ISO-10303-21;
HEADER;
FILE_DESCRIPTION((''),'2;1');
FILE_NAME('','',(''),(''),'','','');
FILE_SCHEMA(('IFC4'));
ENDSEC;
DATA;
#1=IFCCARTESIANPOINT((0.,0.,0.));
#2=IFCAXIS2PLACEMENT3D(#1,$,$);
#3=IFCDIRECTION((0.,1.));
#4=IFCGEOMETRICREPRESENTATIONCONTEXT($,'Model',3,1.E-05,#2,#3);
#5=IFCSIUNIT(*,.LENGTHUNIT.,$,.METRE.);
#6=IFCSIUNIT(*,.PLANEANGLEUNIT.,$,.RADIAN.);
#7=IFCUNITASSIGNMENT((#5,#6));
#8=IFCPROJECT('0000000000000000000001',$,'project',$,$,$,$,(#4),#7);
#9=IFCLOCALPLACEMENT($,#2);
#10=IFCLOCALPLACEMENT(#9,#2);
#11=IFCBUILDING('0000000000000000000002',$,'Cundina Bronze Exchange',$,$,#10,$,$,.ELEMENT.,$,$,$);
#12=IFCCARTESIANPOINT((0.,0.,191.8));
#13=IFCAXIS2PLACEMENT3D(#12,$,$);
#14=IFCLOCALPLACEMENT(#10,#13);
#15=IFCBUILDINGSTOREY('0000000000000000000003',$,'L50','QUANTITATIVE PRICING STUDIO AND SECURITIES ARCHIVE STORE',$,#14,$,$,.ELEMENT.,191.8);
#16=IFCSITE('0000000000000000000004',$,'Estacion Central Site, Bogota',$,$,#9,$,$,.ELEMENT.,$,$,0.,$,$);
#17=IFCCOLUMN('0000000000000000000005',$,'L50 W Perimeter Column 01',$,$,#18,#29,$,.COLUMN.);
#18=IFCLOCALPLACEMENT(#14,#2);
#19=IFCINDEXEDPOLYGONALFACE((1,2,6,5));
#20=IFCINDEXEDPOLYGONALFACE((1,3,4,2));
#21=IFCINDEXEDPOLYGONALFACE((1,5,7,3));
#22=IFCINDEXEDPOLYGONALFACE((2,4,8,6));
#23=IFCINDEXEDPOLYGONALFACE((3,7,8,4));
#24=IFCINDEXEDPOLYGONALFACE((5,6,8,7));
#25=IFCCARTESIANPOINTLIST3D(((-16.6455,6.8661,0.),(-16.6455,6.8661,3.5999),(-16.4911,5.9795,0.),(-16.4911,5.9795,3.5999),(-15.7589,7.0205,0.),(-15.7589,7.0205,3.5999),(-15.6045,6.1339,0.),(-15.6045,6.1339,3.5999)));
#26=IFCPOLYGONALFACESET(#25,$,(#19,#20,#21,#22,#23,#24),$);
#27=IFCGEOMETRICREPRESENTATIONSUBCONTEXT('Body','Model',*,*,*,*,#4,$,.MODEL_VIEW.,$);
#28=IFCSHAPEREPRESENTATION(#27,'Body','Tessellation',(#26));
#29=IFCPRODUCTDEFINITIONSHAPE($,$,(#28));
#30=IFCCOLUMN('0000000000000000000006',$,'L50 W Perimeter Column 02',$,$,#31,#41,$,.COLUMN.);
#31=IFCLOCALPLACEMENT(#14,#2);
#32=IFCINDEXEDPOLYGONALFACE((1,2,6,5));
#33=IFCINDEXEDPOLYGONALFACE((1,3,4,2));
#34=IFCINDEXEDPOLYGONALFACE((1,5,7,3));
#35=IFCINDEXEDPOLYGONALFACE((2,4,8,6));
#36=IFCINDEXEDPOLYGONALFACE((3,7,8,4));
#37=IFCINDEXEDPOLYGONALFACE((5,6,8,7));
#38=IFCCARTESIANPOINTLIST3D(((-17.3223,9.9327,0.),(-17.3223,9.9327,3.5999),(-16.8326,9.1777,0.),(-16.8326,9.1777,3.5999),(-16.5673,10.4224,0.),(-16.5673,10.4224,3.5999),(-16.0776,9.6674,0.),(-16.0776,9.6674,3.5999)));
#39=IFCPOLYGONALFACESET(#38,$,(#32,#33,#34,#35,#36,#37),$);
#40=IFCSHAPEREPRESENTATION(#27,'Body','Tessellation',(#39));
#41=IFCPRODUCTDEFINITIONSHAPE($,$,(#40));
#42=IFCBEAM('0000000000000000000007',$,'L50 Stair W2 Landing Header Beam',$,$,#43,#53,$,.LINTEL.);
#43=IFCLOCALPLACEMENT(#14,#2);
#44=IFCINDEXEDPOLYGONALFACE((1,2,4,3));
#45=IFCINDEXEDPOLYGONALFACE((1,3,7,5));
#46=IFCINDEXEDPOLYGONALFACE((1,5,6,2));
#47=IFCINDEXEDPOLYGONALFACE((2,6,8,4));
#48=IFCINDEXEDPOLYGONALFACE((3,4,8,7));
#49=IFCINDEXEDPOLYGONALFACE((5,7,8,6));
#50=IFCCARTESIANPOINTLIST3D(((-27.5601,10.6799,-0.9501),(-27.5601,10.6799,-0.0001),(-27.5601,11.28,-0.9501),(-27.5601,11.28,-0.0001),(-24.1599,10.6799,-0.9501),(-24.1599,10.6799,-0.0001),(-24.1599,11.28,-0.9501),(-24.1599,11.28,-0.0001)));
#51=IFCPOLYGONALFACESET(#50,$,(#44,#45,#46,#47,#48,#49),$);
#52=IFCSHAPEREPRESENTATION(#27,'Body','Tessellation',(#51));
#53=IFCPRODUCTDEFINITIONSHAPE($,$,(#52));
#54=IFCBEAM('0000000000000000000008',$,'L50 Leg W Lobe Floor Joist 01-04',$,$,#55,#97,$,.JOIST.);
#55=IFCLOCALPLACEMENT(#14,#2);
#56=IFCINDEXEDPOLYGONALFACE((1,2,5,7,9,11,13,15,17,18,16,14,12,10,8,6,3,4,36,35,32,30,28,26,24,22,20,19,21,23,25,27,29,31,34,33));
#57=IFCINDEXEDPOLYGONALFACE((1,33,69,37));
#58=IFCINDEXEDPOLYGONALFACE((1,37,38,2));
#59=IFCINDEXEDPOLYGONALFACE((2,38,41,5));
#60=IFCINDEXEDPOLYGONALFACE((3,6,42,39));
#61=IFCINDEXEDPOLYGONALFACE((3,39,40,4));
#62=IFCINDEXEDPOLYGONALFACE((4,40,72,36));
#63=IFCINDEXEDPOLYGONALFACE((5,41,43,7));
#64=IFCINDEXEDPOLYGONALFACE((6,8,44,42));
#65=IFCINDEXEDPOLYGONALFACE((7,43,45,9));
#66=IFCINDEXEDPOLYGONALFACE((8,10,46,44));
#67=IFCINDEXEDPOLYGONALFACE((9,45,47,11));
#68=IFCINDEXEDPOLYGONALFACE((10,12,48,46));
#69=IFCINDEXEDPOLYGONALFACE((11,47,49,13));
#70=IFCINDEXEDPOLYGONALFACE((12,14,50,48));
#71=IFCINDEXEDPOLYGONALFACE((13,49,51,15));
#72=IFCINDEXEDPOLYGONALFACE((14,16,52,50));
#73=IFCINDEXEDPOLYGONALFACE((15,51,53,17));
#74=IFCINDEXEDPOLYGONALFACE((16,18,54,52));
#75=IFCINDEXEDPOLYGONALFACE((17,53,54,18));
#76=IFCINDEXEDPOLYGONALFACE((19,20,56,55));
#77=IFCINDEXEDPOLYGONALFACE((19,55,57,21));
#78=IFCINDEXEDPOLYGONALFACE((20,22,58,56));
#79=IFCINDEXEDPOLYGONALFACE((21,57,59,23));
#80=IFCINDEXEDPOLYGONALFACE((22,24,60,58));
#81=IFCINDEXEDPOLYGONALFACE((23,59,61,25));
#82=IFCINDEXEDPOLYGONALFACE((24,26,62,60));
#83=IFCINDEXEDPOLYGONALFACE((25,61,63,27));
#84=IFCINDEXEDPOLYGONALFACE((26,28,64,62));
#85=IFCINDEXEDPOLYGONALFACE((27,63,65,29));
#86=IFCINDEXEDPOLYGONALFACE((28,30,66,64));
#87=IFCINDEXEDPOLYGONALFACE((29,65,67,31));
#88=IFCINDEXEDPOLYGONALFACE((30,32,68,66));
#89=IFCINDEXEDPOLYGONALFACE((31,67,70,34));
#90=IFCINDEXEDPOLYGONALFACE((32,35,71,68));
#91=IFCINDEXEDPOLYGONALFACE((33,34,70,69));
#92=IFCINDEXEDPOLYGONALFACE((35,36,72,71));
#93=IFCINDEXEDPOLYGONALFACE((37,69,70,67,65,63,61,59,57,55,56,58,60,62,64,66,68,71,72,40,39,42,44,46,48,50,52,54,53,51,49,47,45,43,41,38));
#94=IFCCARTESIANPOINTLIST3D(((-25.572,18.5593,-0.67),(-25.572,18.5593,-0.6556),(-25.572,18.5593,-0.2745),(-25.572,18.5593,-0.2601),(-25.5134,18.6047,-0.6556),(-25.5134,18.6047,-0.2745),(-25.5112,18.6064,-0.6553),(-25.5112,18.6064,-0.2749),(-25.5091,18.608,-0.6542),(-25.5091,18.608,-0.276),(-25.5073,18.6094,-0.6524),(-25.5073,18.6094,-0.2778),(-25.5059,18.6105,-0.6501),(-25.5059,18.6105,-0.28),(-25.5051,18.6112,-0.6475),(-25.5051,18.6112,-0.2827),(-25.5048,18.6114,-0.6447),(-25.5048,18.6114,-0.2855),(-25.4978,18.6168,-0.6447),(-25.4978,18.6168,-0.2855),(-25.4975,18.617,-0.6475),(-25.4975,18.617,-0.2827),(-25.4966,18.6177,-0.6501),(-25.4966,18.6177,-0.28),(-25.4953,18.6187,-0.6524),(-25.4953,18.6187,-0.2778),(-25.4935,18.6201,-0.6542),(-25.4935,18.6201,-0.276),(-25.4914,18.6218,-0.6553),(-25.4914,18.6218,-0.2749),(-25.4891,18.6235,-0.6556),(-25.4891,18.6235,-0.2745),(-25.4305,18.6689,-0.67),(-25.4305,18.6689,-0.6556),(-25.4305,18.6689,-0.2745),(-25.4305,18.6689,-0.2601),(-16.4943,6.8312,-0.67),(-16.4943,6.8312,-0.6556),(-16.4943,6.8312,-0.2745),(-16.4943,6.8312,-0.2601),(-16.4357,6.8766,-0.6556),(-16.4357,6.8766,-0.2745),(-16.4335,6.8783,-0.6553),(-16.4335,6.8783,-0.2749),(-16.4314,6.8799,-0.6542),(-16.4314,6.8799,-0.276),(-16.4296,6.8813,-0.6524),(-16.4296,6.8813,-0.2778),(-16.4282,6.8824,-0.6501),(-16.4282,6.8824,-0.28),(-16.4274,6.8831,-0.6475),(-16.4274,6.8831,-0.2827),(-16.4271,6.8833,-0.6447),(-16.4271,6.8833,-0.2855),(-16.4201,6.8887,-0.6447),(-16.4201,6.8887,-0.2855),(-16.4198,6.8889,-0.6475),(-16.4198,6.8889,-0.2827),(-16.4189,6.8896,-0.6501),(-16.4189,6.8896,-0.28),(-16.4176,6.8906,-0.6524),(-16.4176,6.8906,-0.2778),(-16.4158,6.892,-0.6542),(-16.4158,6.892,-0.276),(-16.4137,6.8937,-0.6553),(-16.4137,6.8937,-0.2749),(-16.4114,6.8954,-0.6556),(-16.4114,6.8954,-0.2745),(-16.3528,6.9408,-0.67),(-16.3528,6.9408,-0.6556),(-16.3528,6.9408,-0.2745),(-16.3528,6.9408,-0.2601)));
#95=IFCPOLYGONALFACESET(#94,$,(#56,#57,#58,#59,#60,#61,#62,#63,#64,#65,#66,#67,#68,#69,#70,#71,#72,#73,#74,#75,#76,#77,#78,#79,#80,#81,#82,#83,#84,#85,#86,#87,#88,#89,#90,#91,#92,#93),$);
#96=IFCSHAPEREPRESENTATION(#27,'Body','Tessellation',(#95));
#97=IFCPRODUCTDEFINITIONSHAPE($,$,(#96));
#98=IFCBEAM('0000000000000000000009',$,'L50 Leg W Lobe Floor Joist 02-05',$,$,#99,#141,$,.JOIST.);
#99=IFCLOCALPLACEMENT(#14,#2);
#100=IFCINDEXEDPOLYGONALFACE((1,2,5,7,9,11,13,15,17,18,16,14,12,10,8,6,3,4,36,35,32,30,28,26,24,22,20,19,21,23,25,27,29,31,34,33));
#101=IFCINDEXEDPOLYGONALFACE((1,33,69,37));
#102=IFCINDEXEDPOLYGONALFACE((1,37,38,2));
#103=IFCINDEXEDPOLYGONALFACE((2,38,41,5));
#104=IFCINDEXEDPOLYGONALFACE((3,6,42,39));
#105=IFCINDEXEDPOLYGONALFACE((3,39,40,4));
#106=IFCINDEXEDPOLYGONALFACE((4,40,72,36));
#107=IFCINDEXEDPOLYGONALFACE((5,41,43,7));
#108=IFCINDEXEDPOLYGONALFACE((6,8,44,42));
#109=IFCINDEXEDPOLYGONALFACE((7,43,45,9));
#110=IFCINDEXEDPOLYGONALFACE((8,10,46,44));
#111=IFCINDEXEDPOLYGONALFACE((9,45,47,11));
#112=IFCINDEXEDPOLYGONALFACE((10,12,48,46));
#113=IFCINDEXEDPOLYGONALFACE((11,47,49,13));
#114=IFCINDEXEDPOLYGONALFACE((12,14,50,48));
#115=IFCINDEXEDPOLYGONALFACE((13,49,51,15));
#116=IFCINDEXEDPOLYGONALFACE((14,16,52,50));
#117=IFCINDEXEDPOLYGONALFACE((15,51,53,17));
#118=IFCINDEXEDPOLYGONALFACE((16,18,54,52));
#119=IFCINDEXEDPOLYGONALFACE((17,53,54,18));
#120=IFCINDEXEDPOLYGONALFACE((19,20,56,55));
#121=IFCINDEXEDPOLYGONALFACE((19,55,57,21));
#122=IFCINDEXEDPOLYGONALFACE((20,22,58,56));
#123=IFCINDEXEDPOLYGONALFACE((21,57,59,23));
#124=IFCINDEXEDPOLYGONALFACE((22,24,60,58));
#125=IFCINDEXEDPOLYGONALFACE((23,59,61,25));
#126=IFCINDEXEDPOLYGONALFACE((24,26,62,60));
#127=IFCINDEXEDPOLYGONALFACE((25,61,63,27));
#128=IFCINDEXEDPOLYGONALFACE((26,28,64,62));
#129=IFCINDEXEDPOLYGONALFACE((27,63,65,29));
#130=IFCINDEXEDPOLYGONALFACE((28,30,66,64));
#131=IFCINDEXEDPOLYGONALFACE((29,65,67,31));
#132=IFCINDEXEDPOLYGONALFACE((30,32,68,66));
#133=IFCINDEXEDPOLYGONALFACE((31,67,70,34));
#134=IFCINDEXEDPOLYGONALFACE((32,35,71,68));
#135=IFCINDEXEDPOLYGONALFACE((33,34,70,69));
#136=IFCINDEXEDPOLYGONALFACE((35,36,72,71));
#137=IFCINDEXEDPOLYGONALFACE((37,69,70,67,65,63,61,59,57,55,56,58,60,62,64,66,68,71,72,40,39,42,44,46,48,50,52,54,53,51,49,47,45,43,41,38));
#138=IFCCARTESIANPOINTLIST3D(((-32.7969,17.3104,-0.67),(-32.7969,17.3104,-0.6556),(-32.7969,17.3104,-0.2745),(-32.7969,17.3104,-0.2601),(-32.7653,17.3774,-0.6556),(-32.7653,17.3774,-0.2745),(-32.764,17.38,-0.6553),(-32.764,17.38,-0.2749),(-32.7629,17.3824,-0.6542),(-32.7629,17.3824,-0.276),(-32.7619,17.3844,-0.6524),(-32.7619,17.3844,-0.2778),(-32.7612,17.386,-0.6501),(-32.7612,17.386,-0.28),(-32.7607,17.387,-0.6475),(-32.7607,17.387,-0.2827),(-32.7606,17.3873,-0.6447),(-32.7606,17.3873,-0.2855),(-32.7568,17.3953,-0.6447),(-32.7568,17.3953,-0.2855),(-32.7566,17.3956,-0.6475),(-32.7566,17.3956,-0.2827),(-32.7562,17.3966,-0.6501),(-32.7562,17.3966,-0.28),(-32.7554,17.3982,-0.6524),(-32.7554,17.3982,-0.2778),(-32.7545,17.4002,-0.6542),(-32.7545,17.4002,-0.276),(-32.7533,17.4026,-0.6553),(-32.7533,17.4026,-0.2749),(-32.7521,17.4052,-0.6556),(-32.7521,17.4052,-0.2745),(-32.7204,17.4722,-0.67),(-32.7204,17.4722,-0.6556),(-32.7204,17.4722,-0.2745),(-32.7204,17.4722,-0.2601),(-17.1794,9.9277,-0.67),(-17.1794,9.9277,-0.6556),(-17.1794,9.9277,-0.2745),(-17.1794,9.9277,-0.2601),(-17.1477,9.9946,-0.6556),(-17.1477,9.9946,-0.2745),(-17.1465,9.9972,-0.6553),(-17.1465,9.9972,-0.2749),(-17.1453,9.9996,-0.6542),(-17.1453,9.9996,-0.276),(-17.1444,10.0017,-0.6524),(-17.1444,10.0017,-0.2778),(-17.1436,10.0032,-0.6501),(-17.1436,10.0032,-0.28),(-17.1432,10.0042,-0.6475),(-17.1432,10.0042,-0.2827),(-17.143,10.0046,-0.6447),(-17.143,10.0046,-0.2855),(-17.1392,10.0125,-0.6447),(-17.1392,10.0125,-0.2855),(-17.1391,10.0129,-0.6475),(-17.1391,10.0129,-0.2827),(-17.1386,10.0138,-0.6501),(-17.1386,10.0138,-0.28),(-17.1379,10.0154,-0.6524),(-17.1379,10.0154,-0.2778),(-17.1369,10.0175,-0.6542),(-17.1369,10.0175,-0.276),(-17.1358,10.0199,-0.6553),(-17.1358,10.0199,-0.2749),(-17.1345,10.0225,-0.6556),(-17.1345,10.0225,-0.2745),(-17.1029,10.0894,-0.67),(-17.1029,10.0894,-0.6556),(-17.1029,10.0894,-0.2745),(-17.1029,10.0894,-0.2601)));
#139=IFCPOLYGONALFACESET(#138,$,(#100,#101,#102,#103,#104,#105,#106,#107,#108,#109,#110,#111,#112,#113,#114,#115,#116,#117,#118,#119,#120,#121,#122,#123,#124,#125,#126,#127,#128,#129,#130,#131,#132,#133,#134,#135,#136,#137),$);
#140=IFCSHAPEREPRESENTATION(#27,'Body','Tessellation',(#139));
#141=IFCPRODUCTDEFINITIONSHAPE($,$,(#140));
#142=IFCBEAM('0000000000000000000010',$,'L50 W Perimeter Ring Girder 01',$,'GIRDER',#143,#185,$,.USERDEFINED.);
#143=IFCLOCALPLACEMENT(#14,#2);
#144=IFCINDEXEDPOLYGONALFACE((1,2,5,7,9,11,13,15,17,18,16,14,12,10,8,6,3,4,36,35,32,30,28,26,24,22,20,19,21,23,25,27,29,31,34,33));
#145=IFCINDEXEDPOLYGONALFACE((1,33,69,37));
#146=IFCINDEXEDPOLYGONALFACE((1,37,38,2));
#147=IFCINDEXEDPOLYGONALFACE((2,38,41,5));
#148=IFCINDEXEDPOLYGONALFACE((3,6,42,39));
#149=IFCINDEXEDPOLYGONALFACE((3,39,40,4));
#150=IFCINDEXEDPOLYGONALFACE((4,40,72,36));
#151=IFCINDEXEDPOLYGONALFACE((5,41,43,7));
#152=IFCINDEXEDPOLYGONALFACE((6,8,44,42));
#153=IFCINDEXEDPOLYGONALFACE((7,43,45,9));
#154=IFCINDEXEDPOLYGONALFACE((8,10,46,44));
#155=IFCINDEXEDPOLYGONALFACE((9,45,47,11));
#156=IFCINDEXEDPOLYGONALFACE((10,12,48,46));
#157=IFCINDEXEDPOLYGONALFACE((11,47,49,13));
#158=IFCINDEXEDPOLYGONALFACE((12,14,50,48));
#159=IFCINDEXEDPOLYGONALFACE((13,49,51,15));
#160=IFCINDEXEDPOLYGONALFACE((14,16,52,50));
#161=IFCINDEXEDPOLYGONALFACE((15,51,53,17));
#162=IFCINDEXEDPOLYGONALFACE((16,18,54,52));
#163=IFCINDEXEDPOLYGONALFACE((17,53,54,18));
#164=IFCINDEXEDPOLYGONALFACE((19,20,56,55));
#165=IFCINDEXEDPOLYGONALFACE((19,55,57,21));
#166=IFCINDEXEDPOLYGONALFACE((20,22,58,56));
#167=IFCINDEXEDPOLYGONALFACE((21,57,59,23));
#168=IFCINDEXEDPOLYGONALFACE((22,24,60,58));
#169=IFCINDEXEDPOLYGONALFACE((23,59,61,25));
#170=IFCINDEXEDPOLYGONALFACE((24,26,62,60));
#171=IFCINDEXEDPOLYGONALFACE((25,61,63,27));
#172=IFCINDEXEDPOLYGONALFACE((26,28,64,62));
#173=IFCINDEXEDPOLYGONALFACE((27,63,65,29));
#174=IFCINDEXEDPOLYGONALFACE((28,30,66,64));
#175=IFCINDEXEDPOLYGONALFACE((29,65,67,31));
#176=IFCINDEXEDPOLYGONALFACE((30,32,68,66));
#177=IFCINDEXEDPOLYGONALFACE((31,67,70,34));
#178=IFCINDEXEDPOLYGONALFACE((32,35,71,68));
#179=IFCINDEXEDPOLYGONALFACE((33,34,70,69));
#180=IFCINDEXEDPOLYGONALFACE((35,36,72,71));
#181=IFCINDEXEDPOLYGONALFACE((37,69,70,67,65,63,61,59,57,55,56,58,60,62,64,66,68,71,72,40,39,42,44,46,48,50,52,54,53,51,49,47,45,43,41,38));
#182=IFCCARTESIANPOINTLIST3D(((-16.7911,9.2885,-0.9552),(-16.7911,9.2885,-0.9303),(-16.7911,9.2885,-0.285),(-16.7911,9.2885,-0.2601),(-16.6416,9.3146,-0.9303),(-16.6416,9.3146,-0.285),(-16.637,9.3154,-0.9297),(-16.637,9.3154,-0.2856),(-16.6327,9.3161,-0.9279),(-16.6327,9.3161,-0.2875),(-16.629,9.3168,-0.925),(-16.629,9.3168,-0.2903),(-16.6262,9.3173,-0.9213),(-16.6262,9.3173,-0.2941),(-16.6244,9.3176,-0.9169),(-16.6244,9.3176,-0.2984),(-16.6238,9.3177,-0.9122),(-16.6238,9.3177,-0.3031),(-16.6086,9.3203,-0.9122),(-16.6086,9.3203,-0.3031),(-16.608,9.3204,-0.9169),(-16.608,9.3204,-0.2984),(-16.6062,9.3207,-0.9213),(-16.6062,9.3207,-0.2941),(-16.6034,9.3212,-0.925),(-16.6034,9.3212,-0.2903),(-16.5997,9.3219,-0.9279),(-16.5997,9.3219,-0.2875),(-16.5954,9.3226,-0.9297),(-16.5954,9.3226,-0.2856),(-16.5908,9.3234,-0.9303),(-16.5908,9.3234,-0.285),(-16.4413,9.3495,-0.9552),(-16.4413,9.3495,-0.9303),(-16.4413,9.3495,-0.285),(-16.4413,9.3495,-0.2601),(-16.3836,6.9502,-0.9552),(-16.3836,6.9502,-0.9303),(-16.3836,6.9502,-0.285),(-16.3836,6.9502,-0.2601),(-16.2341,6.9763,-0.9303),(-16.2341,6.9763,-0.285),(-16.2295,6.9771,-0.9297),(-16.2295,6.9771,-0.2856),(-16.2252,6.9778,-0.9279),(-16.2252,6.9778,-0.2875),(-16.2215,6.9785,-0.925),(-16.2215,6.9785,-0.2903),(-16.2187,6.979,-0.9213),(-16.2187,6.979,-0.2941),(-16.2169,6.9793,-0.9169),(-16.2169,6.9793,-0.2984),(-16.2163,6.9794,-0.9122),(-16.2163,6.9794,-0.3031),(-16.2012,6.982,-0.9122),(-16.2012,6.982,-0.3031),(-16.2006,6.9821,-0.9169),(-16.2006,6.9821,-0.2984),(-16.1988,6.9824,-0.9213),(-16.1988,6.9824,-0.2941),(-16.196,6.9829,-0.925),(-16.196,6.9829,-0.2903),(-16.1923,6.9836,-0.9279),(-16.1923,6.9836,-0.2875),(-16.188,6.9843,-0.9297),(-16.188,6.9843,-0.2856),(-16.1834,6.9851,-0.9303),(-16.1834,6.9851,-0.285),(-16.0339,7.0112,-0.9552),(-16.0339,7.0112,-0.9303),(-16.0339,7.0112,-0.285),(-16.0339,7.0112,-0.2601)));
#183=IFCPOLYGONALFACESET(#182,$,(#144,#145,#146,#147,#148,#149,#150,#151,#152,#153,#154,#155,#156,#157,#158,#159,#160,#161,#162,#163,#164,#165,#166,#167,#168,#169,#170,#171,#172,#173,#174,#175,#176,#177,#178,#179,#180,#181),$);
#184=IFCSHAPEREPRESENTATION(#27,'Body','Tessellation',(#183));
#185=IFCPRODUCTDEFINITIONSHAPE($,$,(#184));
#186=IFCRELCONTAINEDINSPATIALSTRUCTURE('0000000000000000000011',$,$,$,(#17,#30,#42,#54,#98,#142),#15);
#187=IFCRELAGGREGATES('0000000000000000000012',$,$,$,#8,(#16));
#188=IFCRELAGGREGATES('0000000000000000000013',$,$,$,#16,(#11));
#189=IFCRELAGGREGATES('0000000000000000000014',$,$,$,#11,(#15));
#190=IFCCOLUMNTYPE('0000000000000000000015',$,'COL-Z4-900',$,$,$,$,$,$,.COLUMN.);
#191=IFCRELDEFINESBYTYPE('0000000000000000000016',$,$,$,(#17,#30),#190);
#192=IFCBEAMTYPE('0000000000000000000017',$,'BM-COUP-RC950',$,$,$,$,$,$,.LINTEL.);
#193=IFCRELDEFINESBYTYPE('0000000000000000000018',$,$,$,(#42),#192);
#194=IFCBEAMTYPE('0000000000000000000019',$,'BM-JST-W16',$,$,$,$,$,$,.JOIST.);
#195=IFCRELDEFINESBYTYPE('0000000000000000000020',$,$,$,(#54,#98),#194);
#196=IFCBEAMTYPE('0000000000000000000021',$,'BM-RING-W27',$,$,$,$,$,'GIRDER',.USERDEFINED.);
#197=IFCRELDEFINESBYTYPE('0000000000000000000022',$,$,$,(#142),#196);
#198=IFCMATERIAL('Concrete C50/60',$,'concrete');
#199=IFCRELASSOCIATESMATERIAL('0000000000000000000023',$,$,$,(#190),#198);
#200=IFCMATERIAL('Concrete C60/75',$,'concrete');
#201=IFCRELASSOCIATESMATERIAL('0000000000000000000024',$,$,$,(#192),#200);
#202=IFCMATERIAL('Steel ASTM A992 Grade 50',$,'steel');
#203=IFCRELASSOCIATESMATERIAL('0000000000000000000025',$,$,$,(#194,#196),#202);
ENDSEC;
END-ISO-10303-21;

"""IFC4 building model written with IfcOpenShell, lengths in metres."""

from ifc_helpers import new_model, si_unit, direction, frame, origin, origin_2d, place, context, subcontext, project, spatial, rectangle, i_section, extrude, material, material_profile, profile_set, type_object, element, save


model = new_model("IFC4")

# Units and contexts
model_context = context("Model", 3, precision=1e-05, world=origin(), true_north=direction((0.0, 1.0)))
body_context = subcontext(model_context, "Body", "Model", "MODEL_VIEW")
ifc_project = project(units=[si_unit("LENGTHUNIT", "METRE"), si_unit("PLANEANGLEUNIT", "RADIAN")], contexts=[model_context])

# Site, building, storey
site_placement = place(None, origin())
site = spatial("IfcSite", under=ifc_project, at=site_placement, Name="Estacion Central Site, Bogota", CompositionType="ELEMENT", RefElevation=0.0)
building_placement = place(site_placement, origin())
building = spatial("IfcBuilding", under=site, at=building_placement, Name="Cundina Bronze Exchange", CompositionType="ELEMENT")
storey_placement = place(building_placement, frame((0.0, 0.0, 191.8)))
storey = spatial("IfcBuildingStorey", under=building, at=storey_placement, Name="L50", Description="QUANTITATIVE PRICING STUDIO AND SECURITIES ARCHIVE STORE", CompositionType="ELEMENT", Elevation=191.8)

# Columns
ifc_material_1 = material(Name="Concrete C50/60", Category="concrete")
ifc_material_profile_1 = material_profile(ifc_material_1, rectangle(XDim=0.8999, YDim=0.8999, at=origin_2d()), Name="RC900X900", Category="concrete")
ifc_profile_set_1 = profile_set([ifc_material_profile_1], Name="Concrete C50/60")
column_type = type_object("IfcColumnType", Name="COL-Z4-900", PredefinedType="COLUMN", material=ifc_profile_set_1)
for number, where, z_axis, x_axis, name in (
    (1, (-16.125, 6.5, 0.0), (0.0, 0.0, 1.0), (-0.171585, 0.985169, 0.0), "L50 W Perimeter Column 01"),
    (2, (-16.7, 9.8, 0.0), (0.0, 0.0, 1.0), (-0.5442, 0.838956, 0.0), "L50 W Perimeter Column 02"),
):
    element("IfcColumn", number, at=place(storey_placement, frame(where, z_axis=z_axis, x_axis=x_axis)), inside=storey, type_object=column_type, Name=name, PredefinedType="COLUMN", context=body_context, shape_type="SweptSolid", body=[
        extrude(rectangle(XDim=0.8999, YDim=0.8999, at=origin_2d()), origin(), (0.0, 0.0, 1.0), 3.5999),
    ])

# Beams
ifc_material_2 = material(Name="Concrete C60/75", Category="concrete")
ifc_material_profile_2 = material_profile(ifc_material_2, rectangle(XDim=0.6001, YDim=0.95, at=origin_2d()), Name="RC600X950", Category="concrete")
ifc_profile_set_2 = profile_set([ifc_material_profile_2], Name="Concrete C60/75")
beam_type_1 = type_object("IfcBeamType", Name="BM-COUP-RC950", PredefinedType="LINTEL", material=ifc_profile_set_2)
beam_1_placement = place(storey_placement, frame((-27.5601, 10.98, -0.4751), z_axis=(1.0, 0.0, 0.0), x_axis=(0.0, 1.0, 0.0)))
element("IfcBeam", 3, at=beam_1_placement, inside=storey, type_object=beam_type_1, Name="L50 Stair W2 Landing Header Beam", PredefinedType="LINTEL", context=body_context, shape_type="SweptSolid", body=[
    extrude(rectangle(XDim=0.6001, YDim=0.95, at=origin_2d()), origin(), (0.0, 0.0, 1.0), 3.4001),
])
ifc_material_3 = material(Name="Steel ASTM A992 Grade 50", Category="steel")
ifc_material_profile_3 = material_profile(ifc_material_3, i_section(OverallWidth=0.179, OverallDepth=0.4099, WebThickness=0.0088, FlangeThickness=0.0144, FilletRadius=0.011, at=origin_2d()), Name="W16X45", Category="steel")
ifc_profile_set_3 = profile_set([ifc_material_profile_3], Name="Steel ASTM A992 Grade 50")
beam_type_2 = type_object("IfcBeamType", Name="BM-JST-W16", PredefinedType="JOIST", material=ifc_profile_set_3)
beam_2_placement = place(storey_placement, frame((-16.4236, 6.886, -0.4651), z_axis=(-0.612084, 0.790793, 0.0), x_axis=(-0.790793, -0.612084, 0.0)))
element("IfcBeam", 4, at=beam_2_placement, inside=storey, type_object=beam_type_2, Name="L50 Leg W Lobe Floor Joist 01-04", PredefinedType="JOIST", context=body_context, shape_type="SweptSolid", body=[
    extrude(i_section(OverallWidth=0.179, OverallDepth=0.4099, WebThickness=0.0088, FlangeThickness=0.0144, FilletRadius=0.011, at=origin_2d()), origin(), (0.0, 0.0, 1.0), 14.8308),
])
beam_3_placement = place(storey_placement, frame((-17.1411, 10.0085, -0.4651), z_axis=(-0.904074, 0.427375, 0.0), x_axis=(-0.427375, -0.904074, 0.0)))
element("IfcBeam", 5, at=beam_3_placement, inside=storey, type_object=beam_type_2, Name="L50 Leg W Lobe Floor Joist 02-05", PredefinedType="JOIST", context=body_context, shape_type="SweptSolid", body=[
    extrude(i_section(OverallWidth=0.179, OverallDepth=0.4099, WebThickness=0.0088, FlangeThickness=0.0144, FilletRadius=0.011, at=origin_2d()), origin(), (0.0, 0.0, 1.0), 17.2747),
])
ifc_material_profile_4 = material_profile(ifc_material_3, i_section(OverallWidth=0.355, OverallDepth=0.6951, WebThickness=0.0154, FlangeThickness=0.0249, FilletRadius=0.0181, at=origin_2d()), Name="W27X146", Category="steel")
ifc_profile_set_4 = profile_set([ifc_material_profile_4], Name="Steel ASTM A992 Grade 50")
beam_type_3 = type_object("IfcBeamType", Name="BM-RING-W27", ElementType="GIRDER", PredefinedType="USERDEFINED", material=ifc_profile_set_4)
beam_4_placement = place(storey_placement, frame((-16.2087, 6.9807, -0.6077), z_axis=(-0.171667, 0.985155, 0.0), x_axis=(-0.985155, -0.171667, 0.0)))
element("IfcBeam", 6, at=beam_4_placement, inside=storey, type_object=beam_type_3, Name="L50 W Perimeter Ring Girder 01", ObjectType="GIRDER", PredefinedType="USERDEFINED", context=body_context, shape_type="SweptSolid", body=[
    extrude(i_section(OverallWidth=0.355, OverallDepth=0.6951, WebThickness=0.0154, FlangeThickness=0.0249, FilletRadius=0.0181, at=origin_2d()), origin(), (0.0, 0.0, 1.0), 2.3735),
])

save(model, "model.ifc")
